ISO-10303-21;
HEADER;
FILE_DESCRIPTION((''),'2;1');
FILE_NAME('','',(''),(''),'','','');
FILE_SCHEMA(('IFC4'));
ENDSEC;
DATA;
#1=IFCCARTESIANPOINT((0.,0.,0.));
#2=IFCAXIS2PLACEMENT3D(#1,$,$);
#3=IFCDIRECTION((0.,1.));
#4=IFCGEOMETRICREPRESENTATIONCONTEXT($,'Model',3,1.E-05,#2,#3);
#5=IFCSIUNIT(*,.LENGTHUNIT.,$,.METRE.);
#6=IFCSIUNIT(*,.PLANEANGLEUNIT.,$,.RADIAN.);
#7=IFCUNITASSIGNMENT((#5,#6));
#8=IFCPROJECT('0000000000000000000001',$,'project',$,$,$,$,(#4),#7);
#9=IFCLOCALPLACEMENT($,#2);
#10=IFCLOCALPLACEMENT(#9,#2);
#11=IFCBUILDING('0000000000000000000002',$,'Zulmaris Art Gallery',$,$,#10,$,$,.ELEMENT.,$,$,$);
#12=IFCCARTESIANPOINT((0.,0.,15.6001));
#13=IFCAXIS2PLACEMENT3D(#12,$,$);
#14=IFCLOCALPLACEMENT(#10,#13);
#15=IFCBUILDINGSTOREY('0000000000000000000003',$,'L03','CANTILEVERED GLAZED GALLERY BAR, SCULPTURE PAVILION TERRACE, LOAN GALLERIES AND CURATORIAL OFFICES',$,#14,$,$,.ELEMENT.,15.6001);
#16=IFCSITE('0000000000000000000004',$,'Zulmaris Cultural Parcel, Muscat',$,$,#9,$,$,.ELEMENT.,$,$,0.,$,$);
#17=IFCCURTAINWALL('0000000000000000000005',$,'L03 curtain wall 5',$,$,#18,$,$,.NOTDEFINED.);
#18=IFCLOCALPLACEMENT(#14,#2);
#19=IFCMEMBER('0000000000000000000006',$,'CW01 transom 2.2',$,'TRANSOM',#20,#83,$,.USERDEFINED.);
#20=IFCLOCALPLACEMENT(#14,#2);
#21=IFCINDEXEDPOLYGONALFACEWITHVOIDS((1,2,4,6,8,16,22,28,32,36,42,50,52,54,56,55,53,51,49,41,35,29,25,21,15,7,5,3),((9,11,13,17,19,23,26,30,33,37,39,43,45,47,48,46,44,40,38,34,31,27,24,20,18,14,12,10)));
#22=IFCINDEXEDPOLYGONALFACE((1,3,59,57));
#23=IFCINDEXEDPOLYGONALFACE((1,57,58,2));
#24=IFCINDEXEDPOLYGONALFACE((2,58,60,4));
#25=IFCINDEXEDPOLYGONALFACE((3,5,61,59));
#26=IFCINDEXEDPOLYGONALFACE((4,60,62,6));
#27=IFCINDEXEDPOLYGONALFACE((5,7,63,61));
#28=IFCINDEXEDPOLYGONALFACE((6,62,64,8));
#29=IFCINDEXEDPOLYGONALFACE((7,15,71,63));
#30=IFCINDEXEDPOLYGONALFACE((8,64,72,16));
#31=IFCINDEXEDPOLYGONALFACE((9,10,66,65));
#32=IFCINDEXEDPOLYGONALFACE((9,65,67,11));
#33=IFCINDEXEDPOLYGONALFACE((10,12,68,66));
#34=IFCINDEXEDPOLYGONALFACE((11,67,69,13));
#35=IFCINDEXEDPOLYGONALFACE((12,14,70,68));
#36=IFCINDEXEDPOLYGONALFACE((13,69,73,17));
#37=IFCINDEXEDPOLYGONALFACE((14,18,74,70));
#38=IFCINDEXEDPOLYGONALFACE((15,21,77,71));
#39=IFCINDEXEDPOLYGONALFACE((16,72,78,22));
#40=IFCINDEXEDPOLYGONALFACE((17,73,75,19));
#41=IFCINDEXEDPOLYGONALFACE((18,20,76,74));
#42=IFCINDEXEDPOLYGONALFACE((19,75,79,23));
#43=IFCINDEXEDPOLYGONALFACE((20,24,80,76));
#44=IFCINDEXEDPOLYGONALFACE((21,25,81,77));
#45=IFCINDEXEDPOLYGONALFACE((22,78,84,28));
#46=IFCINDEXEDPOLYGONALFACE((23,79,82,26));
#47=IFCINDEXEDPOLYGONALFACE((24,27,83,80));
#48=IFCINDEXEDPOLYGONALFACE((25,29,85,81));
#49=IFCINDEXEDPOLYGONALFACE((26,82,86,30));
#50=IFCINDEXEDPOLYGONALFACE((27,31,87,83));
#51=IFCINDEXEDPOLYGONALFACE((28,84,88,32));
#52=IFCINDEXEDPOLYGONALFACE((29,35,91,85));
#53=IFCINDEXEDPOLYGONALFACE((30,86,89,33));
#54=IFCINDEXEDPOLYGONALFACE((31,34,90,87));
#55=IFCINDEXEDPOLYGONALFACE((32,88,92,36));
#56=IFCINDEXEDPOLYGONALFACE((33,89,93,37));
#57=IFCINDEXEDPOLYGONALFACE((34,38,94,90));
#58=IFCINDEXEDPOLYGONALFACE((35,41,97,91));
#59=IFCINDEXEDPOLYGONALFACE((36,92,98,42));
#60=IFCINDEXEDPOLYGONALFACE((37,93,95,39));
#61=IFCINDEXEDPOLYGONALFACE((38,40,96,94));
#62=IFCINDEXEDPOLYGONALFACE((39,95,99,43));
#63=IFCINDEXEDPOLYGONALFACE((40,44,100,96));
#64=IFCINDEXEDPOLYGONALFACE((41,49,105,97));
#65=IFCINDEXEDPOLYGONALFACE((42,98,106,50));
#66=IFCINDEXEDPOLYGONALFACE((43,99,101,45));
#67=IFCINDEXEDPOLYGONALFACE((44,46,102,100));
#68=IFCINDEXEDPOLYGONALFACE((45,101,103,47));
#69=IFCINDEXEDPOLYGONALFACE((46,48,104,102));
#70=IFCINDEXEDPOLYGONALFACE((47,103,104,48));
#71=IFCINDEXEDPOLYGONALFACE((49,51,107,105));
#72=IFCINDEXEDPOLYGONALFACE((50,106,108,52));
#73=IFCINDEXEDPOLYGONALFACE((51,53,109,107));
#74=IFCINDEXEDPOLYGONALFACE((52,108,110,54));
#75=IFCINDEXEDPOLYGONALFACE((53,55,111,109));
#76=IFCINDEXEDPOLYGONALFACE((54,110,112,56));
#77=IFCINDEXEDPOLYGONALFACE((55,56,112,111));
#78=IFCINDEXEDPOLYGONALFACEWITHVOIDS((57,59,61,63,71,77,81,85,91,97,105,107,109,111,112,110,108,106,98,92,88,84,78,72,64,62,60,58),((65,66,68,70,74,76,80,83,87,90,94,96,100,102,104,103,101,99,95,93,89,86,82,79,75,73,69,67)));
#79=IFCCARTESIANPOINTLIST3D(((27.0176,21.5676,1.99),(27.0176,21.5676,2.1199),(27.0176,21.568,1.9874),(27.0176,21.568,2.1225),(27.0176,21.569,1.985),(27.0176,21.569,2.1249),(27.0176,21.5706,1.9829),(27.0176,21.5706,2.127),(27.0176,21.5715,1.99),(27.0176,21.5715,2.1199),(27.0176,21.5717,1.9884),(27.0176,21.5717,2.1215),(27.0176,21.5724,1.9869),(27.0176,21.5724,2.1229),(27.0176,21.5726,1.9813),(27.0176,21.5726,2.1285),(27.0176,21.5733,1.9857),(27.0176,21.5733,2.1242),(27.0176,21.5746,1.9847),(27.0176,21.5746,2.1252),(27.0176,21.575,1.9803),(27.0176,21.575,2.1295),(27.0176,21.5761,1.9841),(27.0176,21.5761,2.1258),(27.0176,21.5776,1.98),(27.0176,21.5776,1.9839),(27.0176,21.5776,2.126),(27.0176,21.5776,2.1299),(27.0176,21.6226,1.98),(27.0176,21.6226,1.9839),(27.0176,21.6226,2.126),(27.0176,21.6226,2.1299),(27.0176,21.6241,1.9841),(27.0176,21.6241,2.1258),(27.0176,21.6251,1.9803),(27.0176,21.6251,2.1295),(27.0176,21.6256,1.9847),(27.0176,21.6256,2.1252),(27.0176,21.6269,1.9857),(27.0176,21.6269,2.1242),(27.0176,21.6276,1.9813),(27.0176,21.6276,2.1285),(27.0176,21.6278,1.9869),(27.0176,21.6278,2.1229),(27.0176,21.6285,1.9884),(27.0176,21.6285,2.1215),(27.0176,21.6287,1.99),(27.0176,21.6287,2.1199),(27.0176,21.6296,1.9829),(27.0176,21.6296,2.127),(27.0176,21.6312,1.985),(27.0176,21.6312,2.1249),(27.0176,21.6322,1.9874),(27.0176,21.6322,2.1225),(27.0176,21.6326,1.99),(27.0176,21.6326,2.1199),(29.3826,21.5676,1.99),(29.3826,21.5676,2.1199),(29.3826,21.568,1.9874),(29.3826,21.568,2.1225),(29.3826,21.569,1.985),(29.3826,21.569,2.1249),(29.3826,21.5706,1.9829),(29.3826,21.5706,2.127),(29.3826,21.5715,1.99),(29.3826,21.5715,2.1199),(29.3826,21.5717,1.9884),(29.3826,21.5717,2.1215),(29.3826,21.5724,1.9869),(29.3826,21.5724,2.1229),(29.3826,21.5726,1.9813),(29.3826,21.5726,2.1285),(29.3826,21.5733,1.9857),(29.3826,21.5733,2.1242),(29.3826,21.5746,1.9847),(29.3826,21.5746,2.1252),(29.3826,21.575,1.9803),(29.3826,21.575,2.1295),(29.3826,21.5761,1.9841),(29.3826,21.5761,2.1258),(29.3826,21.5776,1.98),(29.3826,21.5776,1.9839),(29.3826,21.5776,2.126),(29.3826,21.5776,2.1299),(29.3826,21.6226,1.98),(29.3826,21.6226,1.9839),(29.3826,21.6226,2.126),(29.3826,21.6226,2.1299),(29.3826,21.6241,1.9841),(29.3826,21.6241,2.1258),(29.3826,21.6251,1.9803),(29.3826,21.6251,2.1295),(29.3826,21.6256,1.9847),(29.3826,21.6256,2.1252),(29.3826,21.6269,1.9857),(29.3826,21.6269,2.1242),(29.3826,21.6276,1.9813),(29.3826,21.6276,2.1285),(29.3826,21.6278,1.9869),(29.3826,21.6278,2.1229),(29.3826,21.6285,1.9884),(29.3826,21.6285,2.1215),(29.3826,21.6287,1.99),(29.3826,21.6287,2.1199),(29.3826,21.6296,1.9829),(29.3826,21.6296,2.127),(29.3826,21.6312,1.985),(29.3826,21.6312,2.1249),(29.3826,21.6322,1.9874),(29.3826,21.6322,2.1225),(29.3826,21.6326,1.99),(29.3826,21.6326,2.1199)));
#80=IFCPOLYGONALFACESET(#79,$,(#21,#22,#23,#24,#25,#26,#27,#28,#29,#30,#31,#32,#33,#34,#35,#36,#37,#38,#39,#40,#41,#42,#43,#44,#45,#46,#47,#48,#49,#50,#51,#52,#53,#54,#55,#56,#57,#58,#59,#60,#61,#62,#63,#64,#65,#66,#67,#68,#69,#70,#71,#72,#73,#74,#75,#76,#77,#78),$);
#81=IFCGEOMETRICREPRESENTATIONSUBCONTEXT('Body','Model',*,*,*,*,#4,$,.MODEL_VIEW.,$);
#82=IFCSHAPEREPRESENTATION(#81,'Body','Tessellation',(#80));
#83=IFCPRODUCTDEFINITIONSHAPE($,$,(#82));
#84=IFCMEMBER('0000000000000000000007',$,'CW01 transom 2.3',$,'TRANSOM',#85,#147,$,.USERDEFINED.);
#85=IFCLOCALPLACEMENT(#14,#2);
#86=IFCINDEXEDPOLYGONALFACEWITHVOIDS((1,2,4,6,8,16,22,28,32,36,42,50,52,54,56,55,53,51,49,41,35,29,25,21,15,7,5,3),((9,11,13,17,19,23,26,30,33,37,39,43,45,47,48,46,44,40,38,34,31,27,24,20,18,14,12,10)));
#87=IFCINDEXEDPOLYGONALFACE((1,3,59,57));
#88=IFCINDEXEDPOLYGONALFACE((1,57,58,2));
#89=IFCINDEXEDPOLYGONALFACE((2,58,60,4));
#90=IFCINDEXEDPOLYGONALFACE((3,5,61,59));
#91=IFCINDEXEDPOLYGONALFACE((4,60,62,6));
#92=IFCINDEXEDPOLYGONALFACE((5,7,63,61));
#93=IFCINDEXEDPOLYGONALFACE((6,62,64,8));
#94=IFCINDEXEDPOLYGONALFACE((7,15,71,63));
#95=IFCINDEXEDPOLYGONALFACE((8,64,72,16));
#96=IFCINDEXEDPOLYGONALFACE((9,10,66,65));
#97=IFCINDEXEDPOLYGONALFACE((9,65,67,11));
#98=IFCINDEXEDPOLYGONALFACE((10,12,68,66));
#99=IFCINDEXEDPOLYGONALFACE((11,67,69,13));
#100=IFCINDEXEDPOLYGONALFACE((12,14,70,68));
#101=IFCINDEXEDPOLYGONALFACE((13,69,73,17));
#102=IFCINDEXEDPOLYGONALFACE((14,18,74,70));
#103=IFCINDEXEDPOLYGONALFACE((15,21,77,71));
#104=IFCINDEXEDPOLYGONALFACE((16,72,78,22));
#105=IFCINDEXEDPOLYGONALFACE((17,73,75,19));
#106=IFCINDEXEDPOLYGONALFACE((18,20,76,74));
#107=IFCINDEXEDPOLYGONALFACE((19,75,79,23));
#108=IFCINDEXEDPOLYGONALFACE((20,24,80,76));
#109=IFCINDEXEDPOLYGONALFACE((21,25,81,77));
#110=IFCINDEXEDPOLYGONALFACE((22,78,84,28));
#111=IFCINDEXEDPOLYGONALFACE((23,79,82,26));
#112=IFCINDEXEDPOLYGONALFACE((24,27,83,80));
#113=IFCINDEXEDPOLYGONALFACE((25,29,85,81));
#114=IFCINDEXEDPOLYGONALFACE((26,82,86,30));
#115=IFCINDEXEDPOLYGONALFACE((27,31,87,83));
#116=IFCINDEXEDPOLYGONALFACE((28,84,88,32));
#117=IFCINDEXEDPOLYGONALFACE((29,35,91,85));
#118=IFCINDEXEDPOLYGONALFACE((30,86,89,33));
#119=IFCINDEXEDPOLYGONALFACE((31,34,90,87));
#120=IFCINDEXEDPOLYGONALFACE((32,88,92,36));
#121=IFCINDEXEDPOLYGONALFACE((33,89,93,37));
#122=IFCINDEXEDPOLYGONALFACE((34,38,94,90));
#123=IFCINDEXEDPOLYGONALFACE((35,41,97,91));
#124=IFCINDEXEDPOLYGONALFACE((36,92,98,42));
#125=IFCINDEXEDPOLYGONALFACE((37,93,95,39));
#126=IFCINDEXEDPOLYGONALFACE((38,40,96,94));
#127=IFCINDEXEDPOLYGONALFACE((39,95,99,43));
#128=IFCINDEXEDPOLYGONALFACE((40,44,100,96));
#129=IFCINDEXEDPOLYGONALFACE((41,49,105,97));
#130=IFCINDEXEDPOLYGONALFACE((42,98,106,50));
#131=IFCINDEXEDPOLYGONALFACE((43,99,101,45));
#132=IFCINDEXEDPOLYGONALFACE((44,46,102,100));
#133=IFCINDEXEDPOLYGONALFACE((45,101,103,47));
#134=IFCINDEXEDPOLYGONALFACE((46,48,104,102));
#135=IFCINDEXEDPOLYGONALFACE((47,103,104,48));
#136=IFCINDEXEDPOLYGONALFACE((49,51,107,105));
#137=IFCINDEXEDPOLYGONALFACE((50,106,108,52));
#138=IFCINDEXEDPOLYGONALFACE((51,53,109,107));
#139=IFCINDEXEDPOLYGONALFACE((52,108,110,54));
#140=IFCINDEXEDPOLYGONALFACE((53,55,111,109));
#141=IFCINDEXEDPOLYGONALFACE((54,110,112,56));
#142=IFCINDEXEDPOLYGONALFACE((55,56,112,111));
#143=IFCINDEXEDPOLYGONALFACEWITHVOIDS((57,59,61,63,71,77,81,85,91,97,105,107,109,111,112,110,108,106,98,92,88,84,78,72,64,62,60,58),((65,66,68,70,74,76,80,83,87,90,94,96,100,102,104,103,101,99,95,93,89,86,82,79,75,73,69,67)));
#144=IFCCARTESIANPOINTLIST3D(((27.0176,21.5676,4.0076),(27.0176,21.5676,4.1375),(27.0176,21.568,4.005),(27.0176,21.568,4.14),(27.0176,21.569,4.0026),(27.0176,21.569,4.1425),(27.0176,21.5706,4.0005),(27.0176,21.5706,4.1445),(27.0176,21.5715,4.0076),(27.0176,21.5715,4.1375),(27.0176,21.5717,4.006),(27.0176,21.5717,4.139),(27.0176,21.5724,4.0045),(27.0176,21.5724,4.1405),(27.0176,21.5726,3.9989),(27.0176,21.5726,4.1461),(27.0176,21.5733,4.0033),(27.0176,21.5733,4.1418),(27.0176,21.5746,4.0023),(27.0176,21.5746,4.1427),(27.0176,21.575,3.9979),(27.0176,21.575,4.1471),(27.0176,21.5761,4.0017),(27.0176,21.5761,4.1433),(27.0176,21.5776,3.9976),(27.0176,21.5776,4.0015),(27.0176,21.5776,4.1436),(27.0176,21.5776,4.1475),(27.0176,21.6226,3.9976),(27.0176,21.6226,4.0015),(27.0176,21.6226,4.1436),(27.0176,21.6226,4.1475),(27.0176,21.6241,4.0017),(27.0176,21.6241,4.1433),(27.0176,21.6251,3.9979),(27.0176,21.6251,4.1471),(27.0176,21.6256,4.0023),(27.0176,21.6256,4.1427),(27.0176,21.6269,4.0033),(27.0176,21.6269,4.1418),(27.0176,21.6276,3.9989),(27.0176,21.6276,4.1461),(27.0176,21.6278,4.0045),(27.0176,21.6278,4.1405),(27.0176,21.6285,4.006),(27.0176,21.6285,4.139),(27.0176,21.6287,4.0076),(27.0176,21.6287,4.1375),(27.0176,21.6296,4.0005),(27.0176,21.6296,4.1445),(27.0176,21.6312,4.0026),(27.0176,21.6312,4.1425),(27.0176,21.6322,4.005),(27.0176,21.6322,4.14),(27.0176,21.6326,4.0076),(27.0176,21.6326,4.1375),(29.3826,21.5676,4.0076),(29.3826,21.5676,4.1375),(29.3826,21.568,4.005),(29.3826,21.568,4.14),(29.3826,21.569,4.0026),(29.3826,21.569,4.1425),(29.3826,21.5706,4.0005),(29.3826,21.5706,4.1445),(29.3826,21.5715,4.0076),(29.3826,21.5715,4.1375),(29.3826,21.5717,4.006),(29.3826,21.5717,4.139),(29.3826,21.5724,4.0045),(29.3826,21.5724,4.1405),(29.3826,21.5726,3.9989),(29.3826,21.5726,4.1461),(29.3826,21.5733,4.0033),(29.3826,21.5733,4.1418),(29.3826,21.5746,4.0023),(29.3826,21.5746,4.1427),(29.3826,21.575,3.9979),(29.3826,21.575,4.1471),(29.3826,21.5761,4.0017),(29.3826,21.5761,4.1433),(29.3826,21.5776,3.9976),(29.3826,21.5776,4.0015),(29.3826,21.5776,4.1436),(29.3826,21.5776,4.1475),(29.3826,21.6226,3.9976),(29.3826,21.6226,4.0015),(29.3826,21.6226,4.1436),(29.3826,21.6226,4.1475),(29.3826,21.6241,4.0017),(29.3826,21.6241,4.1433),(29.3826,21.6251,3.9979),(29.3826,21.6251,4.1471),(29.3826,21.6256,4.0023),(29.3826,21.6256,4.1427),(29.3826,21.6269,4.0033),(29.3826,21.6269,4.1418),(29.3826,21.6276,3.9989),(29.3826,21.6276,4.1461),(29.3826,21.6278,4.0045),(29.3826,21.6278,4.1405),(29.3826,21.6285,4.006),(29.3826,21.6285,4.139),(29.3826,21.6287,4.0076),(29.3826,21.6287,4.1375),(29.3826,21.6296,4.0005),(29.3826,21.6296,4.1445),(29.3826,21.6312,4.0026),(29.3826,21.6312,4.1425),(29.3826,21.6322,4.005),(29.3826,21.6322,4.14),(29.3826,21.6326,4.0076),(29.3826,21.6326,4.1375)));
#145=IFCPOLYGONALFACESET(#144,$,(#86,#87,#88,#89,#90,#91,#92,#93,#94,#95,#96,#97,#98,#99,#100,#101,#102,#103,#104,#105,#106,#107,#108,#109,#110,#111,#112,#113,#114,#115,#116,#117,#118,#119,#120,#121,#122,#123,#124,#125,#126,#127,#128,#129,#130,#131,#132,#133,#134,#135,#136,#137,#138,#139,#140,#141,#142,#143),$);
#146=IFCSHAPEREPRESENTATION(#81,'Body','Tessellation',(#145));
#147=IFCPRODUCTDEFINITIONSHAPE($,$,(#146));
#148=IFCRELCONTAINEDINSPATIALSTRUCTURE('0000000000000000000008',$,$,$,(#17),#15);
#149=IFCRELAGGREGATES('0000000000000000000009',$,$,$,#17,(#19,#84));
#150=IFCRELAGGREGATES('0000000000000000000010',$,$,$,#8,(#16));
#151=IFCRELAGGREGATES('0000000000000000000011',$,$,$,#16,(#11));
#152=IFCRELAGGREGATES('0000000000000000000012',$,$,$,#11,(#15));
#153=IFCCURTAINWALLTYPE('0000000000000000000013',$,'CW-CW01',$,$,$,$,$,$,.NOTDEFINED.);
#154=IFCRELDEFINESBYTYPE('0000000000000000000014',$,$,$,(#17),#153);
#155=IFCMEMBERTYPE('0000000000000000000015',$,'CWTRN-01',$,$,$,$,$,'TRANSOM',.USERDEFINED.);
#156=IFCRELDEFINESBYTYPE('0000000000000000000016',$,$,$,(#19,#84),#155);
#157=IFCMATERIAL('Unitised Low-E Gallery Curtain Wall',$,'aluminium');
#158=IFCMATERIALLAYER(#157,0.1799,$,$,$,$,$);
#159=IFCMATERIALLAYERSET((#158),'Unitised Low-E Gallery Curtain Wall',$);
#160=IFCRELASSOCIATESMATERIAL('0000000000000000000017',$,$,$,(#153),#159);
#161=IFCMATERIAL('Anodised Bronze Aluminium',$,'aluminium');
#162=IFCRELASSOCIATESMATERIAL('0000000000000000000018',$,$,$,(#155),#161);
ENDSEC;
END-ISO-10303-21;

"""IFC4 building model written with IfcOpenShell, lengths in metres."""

from ifc_helpers import new_model, si_unit, direction, frame, origin, origin_2d, place, context, subcontext, project, spatial, hollow_rectangle, extrude, material, layer, layer_set, material_profile, profile_set, type_object, element, aggregate, save


model = new_model("IFC4")

# Units and contexts
model_context = context("Model", 3, precision=1e-05, world=origin(), true_north=direction((0.0, 1.0)))
body_context = subcontext(model_context, "Body", "Model", "MODEL_VIEW")
ifc_project = project(units=[si_unit("LENGTHUNIT", "METRE"), si_unit("PLANEANGLEUNIT", "RADIAN")], contexts=[model_context])

# Site, building, storey
site_placement = place(None, origin())
site = spatial("IfcSite", under=ifc_project, at=site_placement, Name="Zulmaris Cultural Parcel, Muscat", CompositionType="ELEMENT", RefElevation=0.0)
building_placement = place(site_placement, origin())
building = spatial("IfcBuilding", under=site, at=building_placement, Name="Zulmaris Art Gallery", CompositionType="ELEMENT")
storey_placement = place(building_placement, frame((0.0, 0.0, 15.6001)))
storey = spatial("IfcBuildingStorey", under=building, at=storey_placement, Name="L03", Description="CANTILEVERED GLAZED GALLERY BAR, SCULPTURE PAVILION TERRACE, LOAN GALLERIES AND CURATORIAL OFFICES", CompositionType="ELEMENT", Elevation=15.6001)

# Curtain wall
ifc_material_1 = material(Name="Unitised Low-E Gallery Curtain Wall", Category="aluminium")
ifc_layer_1 = layer(ifc_material_1, 0.1799)
ifc_layer_set_1 = layer_set([ifc_layer_1], Name="Unitised Low-E Gallery Curtain Wall")
curtain_wall_type_1 = type_object("IfcCurtainWallType", Name="CW-CW01", PredefinedType="NOTDEFINED", material=ifc_layer_set_1)
curtain_wall_1_placement = place(storey_placement, origin())
curtain_wall_1 = element("IfcCurtainWall", 1, at=curtain_wall_1_placement, inside=storey, type_object=curtain_wall_type_1, Name="L03 curtain wall 5", PredefinedType="NOTDEFINED")
ifc_material_2 = material(Name="Anodised Bronze Aluminium", Category="aluminium")

# Members
ifc_material_profile_1 = material_profile(ifc_material_2, hollow_rectangle(XDim=0.0649, YDim=0.1499, WallThickness=0.0039, InnerFilletRadius=0.0061, OuterFilletRadius=0.01, at=origin_2d()), Name="ALU 65x150x4")
ifc_profile_set_1 = profile_set([ifc_material_profile_1], Name="Anodised Bronze Aluminium")
member_type_1 = type_object("IfcMemberType", Name="CWTRN-01", ElementType="TRANSOM", PredefinedType="USERDEFINED", material=ifc_profile_set_1)
member_1_placement = place(storey_placement, frame((27.0176, 21.6001, 2.0549), z_axis=(1.0, 0.0, 0.0), x_axis=(0.0, 1.0, 0.0)))
member_1 = element("IfcMember", 2, at=member_1_placement, type_object=member_type_1, Name="CW01 transom 2.2", ObjectType="TRANSOM", PredefinedType="USERDEFINED", context=body_context, shape_type="SweptSolid", body=[
    extrude(hollow_rectangle(XDim=0.0649, YDim=0.1499, WallThickness=0.0039, InnerFilletRadius=0.0061, OuterFilletRadius=0.01, at=origin_2d()), origin(), (0.0, 0.0, 1.0), 2.365),
])
member_2_placement = place(storey_placement, frame((27.0176, 21.6001, 4.0725), z_axis=(1.0, 0.0, 0.0), x_axis=(0.0, 1.0, 0.0)))
member_2 = element("IfcMember", 3, at=member_2_placement, type_object=member_type_1, Name="CW01 transom 2.3", ObjectType="TRANSOM", PredefinedType="USERDEFINED", context=body_context, shape_type="SweptSolid", body=[
    extrude(hollow_rectangle(XDim=0.0649, YDim=0.1499, WallThickness=0.0039, InnerFilletRadius=0.0061, OuterFilletRadius=0.01, at=origin_2d()), origin(), (0.0, 0.0, 1.0), 2.365),
])

aggregate(curtain_wall_1, [member_1, member_2])

save(model, "model.ifc")
